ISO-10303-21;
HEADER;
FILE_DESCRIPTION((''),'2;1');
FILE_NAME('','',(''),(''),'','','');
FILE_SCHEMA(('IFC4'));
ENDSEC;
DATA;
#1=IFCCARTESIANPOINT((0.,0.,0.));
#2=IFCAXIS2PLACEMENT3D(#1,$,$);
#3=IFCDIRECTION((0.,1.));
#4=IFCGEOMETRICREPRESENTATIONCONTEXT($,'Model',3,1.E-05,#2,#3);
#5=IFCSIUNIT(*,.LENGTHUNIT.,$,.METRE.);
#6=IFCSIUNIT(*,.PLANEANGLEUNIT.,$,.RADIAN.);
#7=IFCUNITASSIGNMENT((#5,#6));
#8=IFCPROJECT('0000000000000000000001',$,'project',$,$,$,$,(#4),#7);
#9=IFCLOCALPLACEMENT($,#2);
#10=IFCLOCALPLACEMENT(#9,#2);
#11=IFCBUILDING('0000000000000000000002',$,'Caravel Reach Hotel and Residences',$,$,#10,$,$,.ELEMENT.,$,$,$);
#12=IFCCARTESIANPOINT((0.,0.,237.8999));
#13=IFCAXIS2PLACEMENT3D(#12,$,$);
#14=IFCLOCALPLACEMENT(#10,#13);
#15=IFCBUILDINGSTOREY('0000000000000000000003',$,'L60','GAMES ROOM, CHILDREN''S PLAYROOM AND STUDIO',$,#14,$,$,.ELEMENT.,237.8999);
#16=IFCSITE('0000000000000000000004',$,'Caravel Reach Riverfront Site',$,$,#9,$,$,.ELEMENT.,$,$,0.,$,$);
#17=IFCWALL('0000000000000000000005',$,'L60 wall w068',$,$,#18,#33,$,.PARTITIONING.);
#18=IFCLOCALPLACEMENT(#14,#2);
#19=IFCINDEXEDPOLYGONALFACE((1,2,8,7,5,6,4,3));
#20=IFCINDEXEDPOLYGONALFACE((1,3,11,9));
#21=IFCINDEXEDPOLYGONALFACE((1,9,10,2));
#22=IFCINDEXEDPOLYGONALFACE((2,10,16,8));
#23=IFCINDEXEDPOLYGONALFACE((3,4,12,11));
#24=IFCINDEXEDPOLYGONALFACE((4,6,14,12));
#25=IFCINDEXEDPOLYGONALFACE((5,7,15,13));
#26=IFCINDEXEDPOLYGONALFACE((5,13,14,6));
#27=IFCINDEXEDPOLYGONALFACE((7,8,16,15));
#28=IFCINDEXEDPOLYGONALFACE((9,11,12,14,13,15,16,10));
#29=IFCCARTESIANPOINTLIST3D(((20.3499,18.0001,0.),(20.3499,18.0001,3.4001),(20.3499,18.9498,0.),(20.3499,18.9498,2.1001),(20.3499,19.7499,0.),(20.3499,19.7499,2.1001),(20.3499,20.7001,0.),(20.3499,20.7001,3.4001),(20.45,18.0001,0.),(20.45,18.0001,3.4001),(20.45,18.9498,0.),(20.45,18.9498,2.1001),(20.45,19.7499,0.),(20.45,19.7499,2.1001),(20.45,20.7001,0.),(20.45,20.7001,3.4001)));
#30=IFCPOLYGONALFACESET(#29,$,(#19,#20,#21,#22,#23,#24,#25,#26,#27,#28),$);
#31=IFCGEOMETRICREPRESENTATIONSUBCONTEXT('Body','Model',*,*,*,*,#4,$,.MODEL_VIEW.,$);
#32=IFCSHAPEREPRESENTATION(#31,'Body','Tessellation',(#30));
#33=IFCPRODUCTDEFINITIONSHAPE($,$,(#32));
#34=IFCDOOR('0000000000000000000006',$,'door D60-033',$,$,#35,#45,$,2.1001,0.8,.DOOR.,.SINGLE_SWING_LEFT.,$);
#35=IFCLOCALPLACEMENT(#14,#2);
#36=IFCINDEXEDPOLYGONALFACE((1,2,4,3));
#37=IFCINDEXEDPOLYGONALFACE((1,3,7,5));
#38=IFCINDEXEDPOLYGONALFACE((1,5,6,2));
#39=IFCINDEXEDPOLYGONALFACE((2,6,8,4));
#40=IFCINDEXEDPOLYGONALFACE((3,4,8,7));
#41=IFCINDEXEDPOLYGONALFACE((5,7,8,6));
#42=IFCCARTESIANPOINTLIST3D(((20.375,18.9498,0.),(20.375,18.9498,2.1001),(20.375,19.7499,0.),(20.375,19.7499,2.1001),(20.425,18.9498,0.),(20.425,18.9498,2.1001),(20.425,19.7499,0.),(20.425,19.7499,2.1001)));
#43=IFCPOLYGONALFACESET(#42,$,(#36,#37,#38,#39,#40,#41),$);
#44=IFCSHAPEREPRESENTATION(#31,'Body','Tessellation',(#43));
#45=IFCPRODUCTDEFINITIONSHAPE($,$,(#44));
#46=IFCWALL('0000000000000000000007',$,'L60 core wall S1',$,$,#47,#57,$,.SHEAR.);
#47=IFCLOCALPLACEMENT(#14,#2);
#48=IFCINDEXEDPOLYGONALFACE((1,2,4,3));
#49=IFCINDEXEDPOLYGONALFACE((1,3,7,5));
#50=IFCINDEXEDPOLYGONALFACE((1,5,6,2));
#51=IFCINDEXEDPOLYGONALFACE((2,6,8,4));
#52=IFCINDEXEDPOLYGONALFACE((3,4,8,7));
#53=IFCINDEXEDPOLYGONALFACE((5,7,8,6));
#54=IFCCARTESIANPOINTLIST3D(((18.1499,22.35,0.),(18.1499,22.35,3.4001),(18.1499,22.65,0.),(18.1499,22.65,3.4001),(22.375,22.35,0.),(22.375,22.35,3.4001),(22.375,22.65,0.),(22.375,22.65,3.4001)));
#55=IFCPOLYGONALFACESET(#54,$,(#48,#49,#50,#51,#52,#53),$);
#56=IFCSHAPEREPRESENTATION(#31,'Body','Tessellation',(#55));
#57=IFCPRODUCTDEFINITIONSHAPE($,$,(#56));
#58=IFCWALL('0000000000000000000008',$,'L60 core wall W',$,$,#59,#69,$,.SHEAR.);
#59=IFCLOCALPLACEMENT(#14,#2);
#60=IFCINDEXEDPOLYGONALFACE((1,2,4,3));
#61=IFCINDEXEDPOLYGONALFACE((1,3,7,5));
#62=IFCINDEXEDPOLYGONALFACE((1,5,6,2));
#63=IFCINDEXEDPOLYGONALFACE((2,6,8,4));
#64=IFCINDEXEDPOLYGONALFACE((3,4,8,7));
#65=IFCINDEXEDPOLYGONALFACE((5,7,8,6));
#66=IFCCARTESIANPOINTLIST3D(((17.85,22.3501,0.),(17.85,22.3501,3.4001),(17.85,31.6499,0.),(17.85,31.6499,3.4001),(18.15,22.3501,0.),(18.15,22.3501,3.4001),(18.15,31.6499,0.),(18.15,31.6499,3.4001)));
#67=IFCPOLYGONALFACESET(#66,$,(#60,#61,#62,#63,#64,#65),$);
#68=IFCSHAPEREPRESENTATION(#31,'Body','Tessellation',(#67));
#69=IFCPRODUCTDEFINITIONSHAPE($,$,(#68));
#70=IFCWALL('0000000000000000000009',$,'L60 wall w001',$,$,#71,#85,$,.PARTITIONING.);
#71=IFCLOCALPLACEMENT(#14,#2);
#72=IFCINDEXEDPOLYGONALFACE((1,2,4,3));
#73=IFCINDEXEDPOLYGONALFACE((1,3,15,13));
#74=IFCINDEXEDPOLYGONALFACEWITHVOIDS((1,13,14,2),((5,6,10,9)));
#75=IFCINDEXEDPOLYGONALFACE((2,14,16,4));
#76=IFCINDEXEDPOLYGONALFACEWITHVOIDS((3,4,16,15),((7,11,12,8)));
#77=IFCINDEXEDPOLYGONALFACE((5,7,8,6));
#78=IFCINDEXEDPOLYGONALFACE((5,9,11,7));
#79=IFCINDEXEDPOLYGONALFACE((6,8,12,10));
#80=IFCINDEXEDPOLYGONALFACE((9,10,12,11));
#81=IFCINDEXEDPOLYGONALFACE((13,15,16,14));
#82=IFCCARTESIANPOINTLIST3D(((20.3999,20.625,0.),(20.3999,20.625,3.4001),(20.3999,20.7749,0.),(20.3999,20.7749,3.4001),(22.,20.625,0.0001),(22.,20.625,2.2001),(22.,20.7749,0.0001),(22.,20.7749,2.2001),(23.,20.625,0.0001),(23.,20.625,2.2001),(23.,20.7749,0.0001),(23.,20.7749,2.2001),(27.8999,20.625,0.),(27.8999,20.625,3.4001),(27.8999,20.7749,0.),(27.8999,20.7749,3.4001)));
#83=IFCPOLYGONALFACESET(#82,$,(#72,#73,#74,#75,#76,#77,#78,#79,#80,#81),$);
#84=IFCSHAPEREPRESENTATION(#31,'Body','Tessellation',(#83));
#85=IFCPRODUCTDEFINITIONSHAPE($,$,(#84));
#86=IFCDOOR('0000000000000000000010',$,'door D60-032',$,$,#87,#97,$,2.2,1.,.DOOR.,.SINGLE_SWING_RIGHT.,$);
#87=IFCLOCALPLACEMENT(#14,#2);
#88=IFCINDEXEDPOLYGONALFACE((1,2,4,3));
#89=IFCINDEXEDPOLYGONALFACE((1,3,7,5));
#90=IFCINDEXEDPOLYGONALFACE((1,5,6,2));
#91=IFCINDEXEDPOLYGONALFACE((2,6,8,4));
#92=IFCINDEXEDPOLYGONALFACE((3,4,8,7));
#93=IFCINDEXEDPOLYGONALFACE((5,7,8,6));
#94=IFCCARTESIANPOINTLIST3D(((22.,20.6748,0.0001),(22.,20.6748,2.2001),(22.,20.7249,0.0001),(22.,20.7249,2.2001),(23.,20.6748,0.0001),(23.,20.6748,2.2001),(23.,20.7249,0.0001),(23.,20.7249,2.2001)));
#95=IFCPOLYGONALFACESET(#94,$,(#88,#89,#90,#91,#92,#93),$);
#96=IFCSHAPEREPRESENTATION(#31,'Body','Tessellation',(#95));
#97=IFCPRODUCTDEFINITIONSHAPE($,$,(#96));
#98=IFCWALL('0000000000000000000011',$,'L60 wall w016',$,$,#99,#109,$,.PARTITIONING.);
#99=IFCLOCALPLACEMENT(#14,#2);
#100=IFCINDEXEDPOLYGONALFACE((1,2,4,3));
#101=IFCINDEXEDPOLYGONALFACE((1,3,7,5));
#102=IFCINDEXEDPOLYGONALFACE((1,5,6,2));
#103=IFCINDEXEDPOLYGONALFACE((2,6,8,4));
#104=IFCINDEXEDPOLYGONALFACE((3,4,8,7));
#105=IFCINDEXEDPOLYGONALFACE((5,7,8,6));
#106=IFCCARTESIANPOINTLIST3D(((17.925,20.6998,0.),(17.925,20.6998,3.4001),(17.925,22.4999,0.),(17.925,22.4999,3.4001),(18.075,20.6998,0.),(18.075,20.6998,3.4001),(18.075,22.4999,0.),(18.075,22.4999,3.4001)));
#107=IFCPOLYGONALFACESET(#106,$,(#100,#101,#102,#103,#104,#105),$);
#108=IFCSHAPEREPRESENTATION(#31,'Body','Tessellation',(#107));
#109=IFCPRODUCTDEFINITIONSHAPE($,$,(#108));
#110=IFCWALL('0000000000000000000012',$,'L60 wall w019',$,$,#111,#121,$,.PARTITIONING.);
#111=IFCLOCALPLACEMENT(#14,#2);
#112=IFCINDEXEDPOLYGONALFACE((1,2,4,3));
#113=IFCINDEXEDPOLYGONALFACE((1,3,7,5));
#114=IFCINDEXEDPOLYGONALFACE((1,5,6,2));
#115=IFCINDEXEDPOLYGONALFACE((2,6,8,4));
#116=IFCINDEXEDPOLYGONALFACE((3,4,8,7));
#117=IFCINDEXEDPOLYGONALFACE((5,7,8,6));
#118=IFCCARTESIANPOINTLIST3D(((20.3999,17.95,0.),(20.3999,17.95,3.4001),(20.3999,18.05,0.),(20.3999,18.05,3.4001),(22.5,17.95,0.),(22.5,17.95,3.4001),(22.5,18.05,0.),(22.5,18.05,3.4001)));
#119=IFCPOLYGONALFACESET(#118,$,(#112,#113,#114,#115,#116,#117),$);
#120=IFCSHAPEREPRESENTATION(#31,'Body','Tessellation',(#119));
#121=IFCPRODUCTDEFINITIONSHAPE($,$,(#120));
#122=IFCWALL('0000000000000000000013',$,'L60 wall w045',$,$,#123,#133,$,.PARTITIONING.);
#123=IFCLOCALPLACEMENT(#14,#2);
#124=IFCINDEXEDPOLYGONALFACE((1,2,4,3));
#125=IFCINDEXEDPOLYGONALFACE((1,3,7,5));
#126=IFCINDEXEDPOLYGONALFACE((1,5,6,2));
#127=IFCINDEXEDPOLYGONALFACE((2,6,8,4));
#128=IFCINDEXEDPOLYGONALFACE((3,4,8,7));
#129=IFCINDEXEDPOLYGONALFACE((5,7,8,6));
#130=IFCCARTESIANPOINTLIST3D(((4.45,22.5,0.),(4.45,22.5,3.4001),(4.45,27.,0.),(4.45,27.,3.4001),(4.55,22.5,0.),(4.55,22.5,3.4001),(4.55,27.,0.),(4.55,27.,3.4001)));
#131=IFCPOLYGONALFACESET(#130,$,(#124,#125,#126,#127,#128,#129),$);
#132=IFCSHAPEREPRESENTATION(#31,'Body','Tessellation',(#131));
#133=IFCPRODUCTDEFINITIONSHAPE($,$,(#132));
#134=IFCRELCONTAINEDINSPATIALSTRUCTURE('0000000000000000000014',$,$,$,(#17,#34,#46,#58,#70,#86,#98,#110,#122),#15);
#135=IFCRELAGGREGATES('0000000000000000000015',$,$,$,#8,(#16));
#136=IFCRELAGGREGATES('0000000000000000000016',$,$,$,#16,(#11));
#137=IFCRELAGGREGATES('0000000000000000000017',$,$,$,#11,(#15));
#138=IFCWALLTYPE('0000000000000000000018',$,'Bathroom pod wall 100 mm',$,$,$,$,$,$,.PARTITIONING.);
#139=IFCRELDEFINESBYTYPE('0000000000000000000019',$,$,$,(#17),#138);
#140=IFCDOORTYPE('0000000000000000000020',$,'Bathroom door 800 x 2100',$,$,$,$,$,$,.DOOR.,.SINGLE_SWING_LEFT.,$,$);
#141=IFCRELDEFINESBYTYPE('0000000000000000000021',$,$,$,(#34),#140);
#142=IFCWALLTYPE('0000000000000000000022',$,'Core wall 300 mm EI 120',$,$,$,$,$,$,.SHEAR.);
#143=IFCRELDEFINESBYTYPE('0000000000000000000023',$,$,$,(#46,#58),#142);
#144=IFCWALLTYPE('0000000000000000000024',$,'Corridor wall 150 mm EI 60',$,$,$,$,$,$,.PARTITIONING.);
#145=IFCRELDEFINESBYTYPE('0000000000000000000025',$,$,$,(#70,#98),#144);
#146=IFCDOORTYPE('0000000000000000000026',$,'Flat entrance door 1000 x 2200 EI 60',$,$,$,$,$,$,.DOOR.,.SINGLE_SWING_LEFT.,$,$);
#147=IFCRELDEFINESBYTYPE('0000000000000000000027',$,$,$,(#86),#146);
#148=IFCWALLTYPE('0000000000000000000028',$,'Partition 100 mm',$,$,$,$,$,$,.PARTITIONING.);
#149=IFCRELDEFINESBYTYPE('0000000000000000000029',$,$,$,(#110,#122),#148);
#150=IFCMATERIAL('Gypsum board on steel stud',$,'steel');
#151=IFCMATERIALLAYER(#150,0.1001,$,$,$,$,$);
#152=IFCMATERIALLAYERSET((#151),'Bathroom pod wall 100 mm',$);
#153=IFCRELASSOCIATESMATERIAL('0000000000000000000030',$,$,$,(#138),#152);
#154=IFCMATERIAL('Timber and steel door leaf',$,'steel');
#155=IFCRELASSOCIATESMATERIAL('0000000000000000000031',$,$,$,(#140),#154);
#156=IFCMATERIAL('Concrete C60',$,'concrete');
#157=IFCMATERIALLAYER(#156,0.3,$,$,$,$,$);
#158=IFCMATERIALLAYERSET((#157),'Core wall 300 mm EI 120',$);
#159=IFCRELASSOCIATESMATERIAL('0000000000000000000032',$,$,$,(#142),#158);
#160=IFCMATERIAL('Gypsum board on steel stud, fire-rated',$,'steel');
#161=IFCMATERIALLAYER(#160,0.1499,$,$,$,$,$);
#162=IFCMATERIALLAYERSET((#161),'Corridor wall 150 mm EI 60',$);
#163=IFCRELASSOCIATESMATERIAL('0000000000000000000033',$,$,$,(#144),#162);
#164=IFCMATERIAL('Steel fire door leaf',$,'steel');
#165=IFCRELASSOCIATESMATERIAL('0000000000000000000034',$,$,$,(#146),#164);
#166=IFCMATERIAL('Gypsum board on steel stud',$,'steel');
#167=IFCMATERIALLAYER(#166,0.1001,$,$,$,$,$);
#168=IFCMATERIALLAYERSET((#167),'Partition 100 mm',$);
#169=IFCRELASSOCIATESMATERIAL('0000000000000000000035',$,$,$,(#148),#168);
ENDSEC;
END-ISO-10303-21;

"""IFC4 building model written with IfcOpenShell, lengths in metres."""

from ifc_helpers import new_model, si_unit, direction, frame, frame_2d, origin, place, context, subcontext, project, spatial, rectangle, extrude, material, layer, layer_set, type_object, element, fill, save


model = new_model("IFC4")

# Units and contexts
model_context = context("Model", 3, precision=1e-05, world=origin(), true_north=direction((0.0, 1.0)))
body_context = subcontext(model_context, "Body", "Model", "MODEL_VIEW")
ifc_project = project(units=[si_unit("LENGTHUNIT", "METRE"), si_unit("PLANEANGLEUNIT", "RADIAN")], contexts=[model_context])

# Site, building, storey
site_placement = place(None, origin())
site = spatial("IfcSite", under=ifc_project, at=site_placement, Name="Caravel Reach Riverfront Site", CompositionType="ELEMENT", RefElevation=0.0)
building_placement = place(site_placement, origin())
building = spatial("IfcBuilding", under=site, at=building_placement, Name="Caravel Reach Hotel and Residences", CompositionType="ELEMENT")
storey_placement = place(building_placement, frame((0.0, 0.0, 237.8999)))
storey = spatial("IfcBuildingStorey", under=building, at=storey_placement, Name="L60", Description="GAMES ROOM, CHILDREN'S PLAYROOM AND STUDIO", CompositionType="ELEMENT", Elevation=237.8999)

# Shared definitions
ifc_material_1 = material(Name="Gypsum board on steel stud", Category="steel")
ifc_layer_1 = layer(ifc_material_1, 0.1001)
ifc_layer_set_1 = layer_set([ifc_layer_1], Name="Bathroom pod wall 100 mm")
wall_type_1 = type_object("IfcWallType", Name="Bathroom pod wall 100 mm", PredefinedType="PARTITIONING", material=ifc_layer_set_1)

# Wall, opening, door
wall_1_placement = place(storey_placement, frame((20.3999, 18.0, 0.0), z_axis=(0.0, 0.0, 1.0), x_axis=(0.0, 1.0, 0.0)))
wall_1 = element("IfcWall", 1, at=wall_1_placement, inside=storey, type_object=wall_type_1, Name="L60 wall w068", PredefinedType="PARTITIONING", context=body_context, shape_type="SweptSolid", body=[
    extrude(rectangle(XDim=2.7, YDim=0.1001, at=frame_2d((1.3501, 0.0))), origin(), (0.0, 0.0, 1.0), 3.4001),
])
opening_1_placement = place(wall_1_placement, frame((0.95, 0.0, 0.0)))
opening_1 = element("IfcOpeningElement", 2, at=opening_1_placement, cuts=wall_1, PredefinedType="OPENING", context=body_context, shape_type="SweptSolid", body=[
    extrude(rectangle(XDim=0.8, YDim=2.1001, at=frame_2d((0.3999, 1.05))), frame((0.0, 0.0601, 0.0), z_axis=(0.0, -1.0, 0.0), x_axis=(1.0, 0.0, 0.0)), (0.0, 0.0, 1.0), 0.1201),
])
ifc_material_2 = material(Name="Timber and steel door leaf", Category="steel")
door_type_1 = type_object("IfcDoorType", Name="Bathroom door 800 x 2100", OperationType="SINGLE_SWING_LEFT", PredefinedType="DOOR", material=ifc_material_2)
door_1_placement = place(opening_1_placement, origin())
door_1 = element("IfcDoor", 3, at=door_1_placement, inside=storey, type_object=door_type_1, Name="door D60-033", OperationType="SINGLE_SWING_LEFT", OverallHeight=2.1001, OverallWidth=0.8, PredefinedType="DOOR", context=body_context, shape_type="SweptSolid", body=[
    extrude(rectangle(XDim=0.8, YDim=2.1001, at=frame_2d((0.3999, 1.05))), frame((0.0, 0.0249, 0.0), z_axis=(0.0, -1.0, 0.0), x_axis=(1.0, 0.0, 0.0)), (0.0, 0.0, 1.0), 0.05),
])
fill(opening_1, door_1)

# Walls
ifc_material_3 = material(Name="Concrete C60", Category="concrete")
ifc_layer_2 = layer(ifc_material_3, 0.3)
ifc_layer_set_2 = layer_set([ifc_layer_2], Name="Core wall 300 mm EI 120")
wall_type_2 = type_object("IfcWallType", Name="Core wall 300 mm EI 120", PredefinedType="SHEAR", material=ifc_layer_set_2)
wall_2_placement = place(storey_placement, frame((18.1499, 22.5, 0.0), z_axis=(0.0, 0.0, 1.0), x_axis=(1.0, 0.0, 0.0)))
element("IfcWall", 4, at=wall_2_placement, inside=storey, type_object=wall_type_2, Name="L60 core wall S1", PredefinedType="SHEAR", context=body_context, shape_type="SweptSolid", body=[
    extrude(rectangle(XDim=4.2251, YDim=0.3, at=frame_2d((2.1125, 0.0))), origin(), (0.0, 0.0, 1.0), 3.4001),
])
wall_3_placement = place(storey_placement, frame((18.0, 22.3501, 0.0), z_axis=(0.0, 0.0, 1.0), x_axis=(0.0, 1.0, 0.0)))
element("IfcWall", 5, at=wall_3_placement, inside=storey, type_object=wall_type_2, Name="L60 core wall W", PredefinedType="SHEAR", context=body_context, shape_type="SweptSolid", body=[
    extrude(rectangle(XDim=9.2998, YDim=0.3, at=frame_2d((4.6499, 0.0))), origin(), (0.0, 0.0, 1.0), 3.4001),
])

# Wall, opening, door
ifc_material_4 = material(Name="Gypsum board on steel stud, fire-rated", Category="steel")
ifc_layer_3 = layer(ifc_material_4, 0.1499)
ifc_layer_set_3 = layer_set([ifc_layer_3], Name="Corridor wall 150 mm EI 60")
wall_type_3 = type_object("IfcWallType", Name="Corridor wall 150 mm EI 60", PredefinedType="PARTITIONING", material=ifc_layer_set_3)
wall_4_placement = place(storey_placement, frame((20.3999, 20.7, 0.0), z_axis=(0.0, 0.0, 1.0), x_axis=(1.0, 0.0, 0.0)))
wall_4 = element("IfcWall", 6, at=wall_4_placement, inside=storey, type_object=wall_type_3, Name="L60 wall w001", PredefinedType="PARTITIONING", context=body_context, shape_type="SweptSolid", body=[
    extrude(rectangle(XDim=7.5, YDim=0.1499, at=frame_2d((3.75, 0.0))), origin(), (0.0, 0.0, 1.0), 3.4001),
])
opening_2_placement = place(wall_4_placement, frame((1.6001, 0.0, 0.0)))
opening_2 = element("IfcOpeningElement", 7, at=opening_2_placement, cuts=wall_4, PredefinedType="OPENING", context=body_context, shape_type="SweptSolid", body=[
    extrude(rectangle(XDim=1.0, YDim=2.2, at=frame_2d((0.5, 1.1001))), frame((0.0, 0.085, 0.0), z_axis=(0.0, -1.0, 0.0), x_axis=(1.0, 0.0, 0.0)), (0.0, 0.0, 1.0), 0.1699),
])
ifc_material_5 = material(Name="Steel fire door leaf", Category="steel")
door_type_2 = type_object("IfcDoorType", Name="Flat entrance door 1000 x 2200 EI 60", OperationType="SINGLE_SWING_LEFT", PredefinedType="DOOR", material=ifc_material_5)
door_2_placement = place(opening_2_placement, origin())
door_2 = element("IfcDoor", 8, at=door_2_placement, inside=storey, type_object=door_type_2, Name="door D60-032", OperationType="SINGLE_SWING_RIGHT", OverallHeight=2.2, OverallWidth=1.0, PredefinedType="DOOR", context=body_context, shape_type="SweptSolid", body=[
    extrude(rectangle(XDim=1.0, YDim=2.2, at=frame_2d((0.5, 1.1001))), frame((0.0, 0.0249, 0.0), z_axis=(0.0, -1.0, 0.0), x_axis=(1.0, 0.0, 0.0)), (0.0, 0.0, 1.0), 0.05),
])
fill(opening_2, door_2)

# Walls
wall_5_placement = place(storey_placement, frame((18.0, 20.7, 0.0), z_axis=(0.0, 0.0, 1.0), x_axis=(0.0, 1.0, 0.0)))
element("IfcWall", 9, at=wall_5_placement, inside=storey, type_object=wall_type_3, Name="L60 wall w016", PredefinedType="PARTITIONING", context=body_context, shape_type="SweptSolid", body=[
    extrude(rectangle(XDim=1.8, YDim=0.1499, at=frame_2d((0.8999, 0.0))), origin(), (0.0, 0.0, 1.0), 3.4001),
])
ifc_material_6 = material(Name="Gypsum board on steel stud", Category="steel")
ifc_layer_4 = layer(ifc_material_6, 0.1001)
ifc_layer_set_4 = layer_set([ifc_layer_4], Name="Partition 100 mm")
wall_type_4 = type_object("IfcWallType", Name="Partition 100 mm", PredefinedType="PARTITIONING", material=ifc_layer_set_4)
wall_6_placement = place(storey_placement, frame((20.3999, 18.0, 0.0), z_axis=(0.0, 0.0, 1.0), x_axis=(1.0, 0.0, 0.0)))
element("IfcWall", 10, at=wall_6_placement, inside=storey, type_object=wall_type_4, Name="L60 wall w019", PredefinedType="PARTITIONING", context=body_context, shape_type="SweptSolid", body=[
    extrude(rectangle(XDim=2.1001, YDim=0.1001, at=frame_2d((1.05, 0.0))), origin(), (0.0, 0.0, 1.0), 3.4001),
])
wall_7_placement = place(storey_placement, frame((4.5, 22.5, 0.0), z_axis=(0.0, 0.0, 1.0), x_axis=(0.0, 1.0, 0.0)))
element("IfcWall", 11, at=wall_7_placement, inside=storey, type_object=wall_type_4, Name="L60 wall w045", PredefinedType="PARTITIONING", context=body_context, shape_type="SweptSolid", body=[
    extrude(rectangle(XDim=4.5, YDim=0.1001, at=frame_2d((2.25, 0.0))), origin(), (0.0, 0.0, 1.0), 3.4001),
])

save(model, "model.ifc")
